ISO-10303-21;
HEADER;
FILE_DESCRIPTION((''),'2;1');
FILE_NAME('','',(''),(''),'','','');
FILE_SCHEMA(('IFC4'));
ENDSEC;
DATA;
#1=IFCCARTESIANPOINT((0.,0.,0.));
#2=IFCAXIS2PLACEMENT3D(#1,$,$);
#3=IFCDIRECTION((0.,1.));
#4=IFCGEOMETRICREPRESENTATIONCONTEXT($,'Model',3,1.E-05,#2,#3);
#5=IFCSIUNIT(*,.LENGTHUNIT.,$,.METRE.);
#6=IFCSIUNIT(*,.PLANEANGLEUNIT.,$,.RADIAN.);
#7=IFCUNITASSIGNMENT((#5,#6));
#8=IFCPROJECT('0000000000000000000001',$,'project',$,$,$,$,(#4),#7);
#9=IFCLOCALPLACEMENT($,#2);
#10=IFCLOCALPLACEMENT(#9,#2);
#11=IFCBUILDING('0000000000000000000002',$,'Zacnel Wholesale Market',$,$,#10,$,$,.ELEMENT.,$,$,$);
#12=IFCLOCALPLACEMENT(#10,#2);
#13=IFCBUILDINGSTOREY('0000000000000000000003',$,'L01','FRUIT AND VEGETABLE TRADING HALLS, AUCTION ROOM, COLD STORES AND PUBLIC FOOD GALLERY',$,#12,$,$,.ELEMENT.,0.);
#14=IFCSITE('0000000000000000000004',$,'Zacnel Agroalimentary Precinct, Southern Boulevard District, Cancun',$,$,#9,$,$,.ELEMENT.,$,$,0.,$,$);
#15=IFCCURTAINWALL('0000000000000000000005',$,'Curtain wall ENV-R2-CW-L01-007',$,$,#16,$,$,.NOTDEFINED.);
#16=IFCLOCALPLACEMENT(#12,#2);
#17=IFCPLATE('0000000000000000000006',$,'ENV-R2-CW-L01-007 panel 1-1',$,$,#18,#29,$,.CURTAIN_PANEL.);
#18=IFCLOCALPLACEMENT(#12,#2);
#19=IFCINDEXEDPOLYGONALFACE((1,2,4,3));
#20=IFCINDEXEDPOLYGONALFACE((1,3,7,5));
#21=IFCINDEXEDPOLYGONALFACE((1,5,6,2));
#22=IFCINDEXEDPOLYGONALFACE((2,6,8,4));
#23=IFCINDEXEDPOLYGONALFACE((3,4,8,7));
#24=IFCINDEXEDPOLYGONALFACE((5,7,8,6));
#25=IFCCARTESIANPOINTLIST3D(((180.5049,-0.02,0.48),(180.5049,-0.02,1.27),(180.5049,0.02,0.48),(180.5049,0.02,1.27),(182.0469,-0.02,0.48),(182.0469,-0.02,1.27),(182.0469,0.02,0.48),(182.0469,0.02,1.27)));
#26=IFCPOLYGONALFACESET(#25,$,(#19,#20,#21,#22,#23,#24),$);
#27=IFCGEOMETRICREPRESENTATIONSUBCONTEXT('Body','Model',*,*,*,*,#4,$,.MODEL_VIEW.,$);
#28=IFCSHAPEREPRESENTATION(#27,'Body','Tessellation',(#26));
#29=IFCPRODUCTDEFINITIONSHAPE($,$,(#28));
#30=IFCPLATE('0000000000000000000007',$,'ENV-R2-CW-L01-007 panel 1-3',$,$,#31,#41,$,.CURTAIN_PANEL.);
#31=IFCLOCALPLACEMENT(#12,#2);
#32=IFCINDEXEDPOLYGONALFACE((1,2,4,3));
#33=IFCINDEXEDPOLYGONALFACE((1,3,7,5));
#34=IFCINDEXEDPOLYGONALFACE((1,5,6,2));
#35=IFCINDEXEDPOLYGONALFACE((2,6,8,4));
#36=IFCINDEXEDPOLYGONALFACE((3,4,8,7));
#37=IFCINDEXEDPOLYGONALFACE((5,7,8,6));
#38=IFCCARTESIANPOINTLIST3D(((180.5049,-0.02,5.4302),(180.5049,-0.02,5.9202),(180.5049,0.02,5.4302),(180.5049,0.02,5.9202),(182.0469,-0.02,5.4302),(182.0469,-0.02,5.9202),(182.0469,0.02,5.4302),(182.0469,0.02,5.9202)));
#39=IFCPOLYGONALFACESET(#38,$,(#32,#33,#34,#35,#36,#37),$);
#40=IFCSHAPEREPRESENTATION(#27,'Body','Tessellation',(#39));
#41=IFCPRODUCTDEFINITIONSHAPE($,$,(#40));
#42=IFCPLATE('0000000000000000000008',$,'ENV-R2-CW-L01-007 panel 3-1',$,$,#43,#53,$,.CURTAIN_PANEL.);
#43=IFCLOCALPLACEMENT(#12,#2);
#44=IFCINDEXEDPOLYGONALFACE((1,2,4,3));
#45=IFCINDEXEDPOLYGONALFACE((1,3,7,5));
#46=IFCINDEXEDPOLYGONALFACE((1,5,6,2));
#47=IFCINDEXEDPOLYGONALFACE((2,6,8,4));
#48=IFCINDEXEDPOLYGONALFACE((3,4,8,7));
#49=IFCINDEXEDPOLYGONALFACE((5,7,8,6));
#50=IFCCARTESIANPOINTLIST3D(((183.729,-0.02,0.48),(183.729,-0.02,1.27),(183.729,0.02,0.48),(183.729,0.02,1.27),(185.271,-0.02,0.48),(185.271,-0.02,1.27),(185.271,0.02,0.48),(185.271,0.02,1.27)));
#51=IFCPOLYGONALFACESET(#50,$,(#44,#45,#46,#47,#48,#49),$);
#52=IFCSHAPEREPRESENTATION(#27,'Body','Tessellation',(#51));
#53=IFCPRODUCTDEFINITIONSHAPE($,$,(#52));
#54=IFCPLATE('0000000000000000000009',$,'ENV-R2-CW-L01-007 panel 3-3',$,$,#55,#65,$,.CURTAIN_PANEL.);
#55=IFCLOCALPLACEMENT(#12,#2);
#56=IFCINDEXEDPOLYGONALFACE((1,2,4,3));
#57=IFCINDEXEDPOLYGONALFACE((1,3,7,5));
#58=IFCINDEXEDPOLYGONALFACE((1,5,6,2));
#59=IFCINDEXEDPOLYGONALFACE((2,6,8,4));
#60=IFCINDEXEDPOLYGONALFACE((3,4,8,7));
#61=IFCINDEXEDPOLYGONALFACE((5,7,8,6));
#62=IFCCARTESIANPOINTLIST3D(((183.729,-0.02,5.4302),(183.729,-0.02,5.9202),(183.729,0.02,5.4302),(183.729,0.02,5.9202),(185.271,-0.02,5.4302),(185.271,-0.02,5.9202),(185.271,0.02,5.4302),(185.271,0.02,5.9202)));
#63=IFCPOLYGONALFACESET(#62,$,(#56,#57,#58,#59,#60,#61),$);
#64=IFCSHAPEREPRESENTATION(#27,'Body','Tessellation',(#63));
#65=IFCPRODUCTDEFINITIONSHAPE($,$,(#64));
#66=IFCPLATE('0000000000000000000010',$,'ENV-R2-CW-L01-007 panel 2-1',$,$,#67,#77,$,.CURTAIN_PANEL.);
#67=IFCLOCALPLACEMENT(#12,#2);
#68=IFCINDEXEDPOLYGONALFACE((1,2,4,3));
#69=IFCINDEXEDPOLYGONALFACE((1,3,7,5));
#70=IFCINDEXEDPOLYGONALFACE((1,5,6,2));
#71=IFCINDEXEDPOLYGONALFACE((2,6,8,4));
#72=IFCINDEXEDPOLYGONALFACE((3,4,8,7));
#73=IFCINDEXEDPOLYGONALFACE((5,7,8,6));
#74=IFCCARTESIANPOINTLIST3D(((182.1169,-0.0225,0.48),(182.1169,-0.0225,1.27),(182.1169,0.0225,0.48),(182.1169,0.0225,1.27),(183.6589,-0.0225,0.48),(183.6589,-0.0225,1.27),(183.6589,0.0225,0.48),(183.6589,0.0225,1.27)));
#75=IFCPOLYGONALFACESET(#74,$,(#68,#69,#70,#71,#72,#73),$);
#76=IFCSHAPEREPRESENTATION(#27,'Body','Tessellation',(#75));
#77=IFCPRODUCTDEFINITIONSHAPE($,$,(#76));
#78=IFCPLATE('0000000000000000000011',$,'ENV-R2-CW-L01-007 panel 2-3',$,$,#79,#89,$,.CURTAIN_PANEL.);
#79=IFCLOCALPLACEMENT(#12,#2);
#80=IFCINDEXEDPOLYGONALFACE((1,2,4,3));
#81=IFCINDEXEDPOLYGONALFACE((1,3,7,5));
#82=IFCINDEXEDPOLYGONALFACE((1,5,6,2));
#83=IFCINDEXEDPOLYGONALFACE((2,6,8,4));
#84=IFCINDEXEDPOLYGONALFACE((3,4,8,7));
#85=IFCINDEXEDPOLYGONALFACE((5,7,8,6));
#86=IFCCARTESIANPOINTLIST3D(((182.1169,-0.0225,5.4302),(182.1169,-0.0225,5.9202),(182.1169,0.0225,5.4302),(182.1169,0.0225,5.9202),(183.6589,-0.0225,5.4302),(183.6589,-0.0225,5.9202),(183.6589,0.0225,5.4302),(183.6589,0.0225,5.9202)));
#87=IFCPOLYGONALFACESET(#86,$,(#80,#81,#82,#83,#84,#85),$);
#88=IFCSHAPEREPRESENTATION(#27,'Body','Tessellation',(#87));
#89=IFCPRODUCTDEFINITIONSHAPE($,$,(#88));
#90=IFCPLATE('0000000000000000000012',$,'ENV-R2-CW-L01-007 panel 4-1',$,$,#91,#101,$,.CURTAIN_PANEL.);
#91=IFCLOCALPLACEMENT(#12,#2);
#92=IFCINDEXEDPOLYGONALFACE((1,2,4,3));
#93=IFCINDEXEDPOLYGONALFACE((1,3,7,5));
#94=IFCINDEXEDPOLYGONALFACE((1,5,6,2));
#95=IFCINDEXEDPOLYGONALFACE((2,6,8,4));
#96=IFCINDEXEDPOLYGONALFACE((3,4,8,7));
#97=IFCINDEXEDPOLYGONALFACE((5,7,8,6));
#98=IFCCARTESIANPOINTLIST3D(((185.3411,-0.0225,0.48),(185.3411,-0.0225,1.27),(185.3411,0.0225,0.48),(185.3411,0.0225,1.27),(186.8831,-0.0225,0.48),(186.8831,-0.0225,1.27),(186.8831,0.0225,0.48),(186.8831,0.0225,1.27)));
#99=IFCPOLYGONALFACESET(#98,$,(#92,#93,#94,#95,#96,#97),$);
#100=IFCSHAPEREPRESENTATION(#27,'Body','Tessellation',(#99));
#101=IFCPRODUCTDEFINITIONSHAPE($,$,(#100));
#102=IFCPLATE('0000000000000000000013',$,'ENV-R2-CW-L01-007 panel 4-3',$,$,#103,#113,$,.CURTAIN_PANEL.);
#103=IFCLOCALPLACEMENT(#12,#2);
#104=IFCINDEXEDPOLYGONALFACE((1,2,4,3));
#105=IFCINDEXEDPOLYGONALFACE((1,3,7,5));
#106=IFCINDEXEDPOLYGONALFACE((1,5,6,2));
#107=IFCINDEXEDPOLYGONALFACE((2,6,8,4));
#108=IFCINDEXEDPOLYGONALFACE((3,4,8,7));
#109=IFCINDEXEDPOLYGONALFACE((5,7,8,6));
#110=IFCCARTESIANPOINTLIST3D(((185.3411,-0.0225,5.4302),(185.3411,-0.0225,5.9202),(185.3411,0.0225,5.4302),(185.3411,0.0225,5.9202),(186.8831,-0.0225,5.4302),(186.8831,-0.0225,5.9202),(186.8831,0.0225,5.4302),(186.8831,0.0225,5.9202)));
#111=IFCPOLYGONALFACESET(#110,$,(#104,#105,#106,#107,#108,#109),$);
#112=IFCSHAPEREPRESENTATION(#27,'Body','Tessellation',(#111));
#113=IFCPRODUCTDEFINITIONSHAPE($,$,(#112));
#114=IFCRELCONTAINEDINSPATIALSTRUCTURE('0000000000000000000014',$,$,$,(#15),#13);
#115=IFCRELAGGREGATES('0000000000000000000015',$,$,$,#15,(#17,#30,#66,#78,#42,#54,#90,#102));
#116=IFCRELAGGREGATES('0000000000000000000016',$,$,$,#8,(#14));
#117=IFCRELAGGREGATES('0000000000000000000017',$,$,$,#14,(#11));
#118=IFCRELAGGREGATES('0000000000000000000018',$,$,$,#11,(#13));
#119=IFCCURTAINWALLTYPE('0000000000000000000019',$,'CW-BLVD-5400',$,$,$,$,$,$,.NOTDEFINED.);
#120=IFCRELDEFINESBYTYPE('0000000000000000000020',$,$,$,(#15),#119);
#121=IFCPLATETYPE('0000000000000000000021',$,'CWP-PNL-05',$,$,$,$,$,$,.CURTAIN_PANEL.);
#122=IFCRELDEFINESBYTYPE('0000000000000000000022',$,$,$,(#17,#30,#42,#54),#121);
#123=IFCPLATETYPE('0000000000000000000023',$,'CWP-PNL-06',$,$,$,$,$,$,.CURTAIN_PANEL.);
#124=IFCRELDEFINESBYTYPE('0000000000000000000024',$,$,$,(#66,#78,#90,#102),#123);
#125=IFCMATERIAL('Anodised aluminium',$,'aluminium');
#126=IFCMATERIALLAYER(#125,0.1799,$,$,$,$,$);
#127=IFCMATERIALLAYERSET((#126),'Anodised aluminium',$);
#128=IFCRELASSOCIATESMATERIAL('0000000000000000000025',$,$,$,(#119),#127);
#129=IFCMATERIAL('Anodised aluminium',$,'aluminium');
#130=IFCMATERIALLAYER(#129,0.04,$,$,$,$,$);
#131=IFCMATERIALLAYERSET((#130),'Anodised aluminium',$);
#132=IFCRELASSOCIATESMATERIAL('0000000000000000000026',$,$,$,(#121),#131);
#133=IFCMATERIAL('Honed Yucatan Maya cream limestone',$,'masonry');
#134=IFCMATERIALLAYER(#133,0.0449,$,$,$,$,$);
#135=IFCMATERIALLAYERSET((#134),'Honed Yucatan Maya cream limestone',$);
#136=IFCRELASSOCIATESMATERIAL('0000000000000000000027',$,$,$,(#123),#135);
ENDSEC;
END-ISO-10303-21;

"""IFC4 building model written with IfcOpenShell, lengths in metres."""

from ifc_helpers import new_model, si_unit, direction, frame, origin, origin_2d, place, context, subcontext, project, spatial, rectangle, extrude, material, layer, layer_set, type_object, element, aggregate, save


model = new_model("IFC4")

# Units and contexts
model_context = context("Model", 3, precision=1e-05, world=origin(), true_north=direction((0.0, 1.0)))
body_context = subcontext(model_context, "Body", "Model", "MODEL_VIEW")
ifc_project = project(units=[si_unit("LENGTHUNIT", "METRE"), si_unit("PLANEANGLEUNIT", "RADIAN")], contexts=[model_context])

# Site, building, storey
site_placement = place(None, origin())
site = spatial("IfcSite", under=ifc_project, at=site_placement, Name="Zacnel Agroalimentary Precinct, Southern Boulevard District, Cancun", CompositionType="ELEMENT", RefElevation=0.0)
building_placement = place(site_placement, origin())
building = spatial("IfcBuilding", under=site, at=building_placement, Name="Zacnel Wholesale Market", CompositionType="ELEMENT")
storey_placement = place(building_placement, origin())
storey = spatial("IfcBuildingStorey", under=building, at=storey_placement, Name="L01", Description="FRUIT AND VEGETABLE TRADING HALLS, AUCTION ROOM, COLD STORES AND PUBLIC FOOD GALLERY", CompositionType="ELEMENT", Elevation=0.0)

# Curtain wall, plates
ifc_material_1 = material(Name="Anodised aluminium", Category="aluminium")
ifc_layer_1 = layer(ifc_material_1, 0.1799)
ifc_layer_set_1 = layer_set([ifc_layer_1], Name="Anodised aluminium")
curtain_wall_type = type_object("IfcCurtainWallType", Name="CW-BLVD-5400", PredefinedType="NOTDEFINED", material=ifc_layer_set_1)
curtain_wall_placement = place(storey_placement, origin())
curtain_wall = element("IfcCurtainWall", 1, at=curtain_wall_placement, inside=storey, type_object=curtain_wall_type, Name="Curtain wall ENV-R2-CW-L01-007", PredefinedType="NOTDEFINED")
ifc_material_2 = material(Name="Anodised aluminium", Category="aluminium")
ifc_layer_2 = layer(ifc_material_2, 0.04)
ifc_layer_set_2 = layer_set([ifc_layer_2], Name="Anodised aluminium")
plate_type_1 = type_object("IfcPlateType", Name="CWP-PNL-05", PredefinedType="CURTAIN_PANEL", material=ifc_layer_set_2)
plate_1_placement = place(storey_placement, frame((181.2759, 0.0, 0.48), z_axis=(0.0, 0.0, 1.0), x_axis=(1.0, 0.0, 0.0)))
plate_1 = element("IfcPlate", 2, at=plate_1_placement, type_object=plate_type_1, Name="ENV-R2-CW-L01-007 panel 1-1", PredefinedType="CURTAIN_PANEL", context=body_context, shape_type="SweptSolid", body=[
    extrude(rectangle(XDim=1.542, YDim=0.04, at=origin_2d()), origin(), (0.0, 0.0, 1.0), 0.79),
])
plate_2_placement = place(storey_placement, frame((181.2759, 0.0, 5.4302), z_axis=(0.0, 0.0, 1.0), x_axis=(1.0, 0.0, 0.0)))
plate_2 = element("IfcPlate", 3, at=plate_2_placement, type_object=plate_type_1, Name="ENV-R2-CW-L01-007 panel 1-3", PredefinedType="CURTAIN_PANEL", context=body_context, shape_type="SweptSolid", body=[
    extrude(rectangle(XDim=1.542, YDim=0.04, at=origin_2d()), origin(), (0.0, 0.0, 1.0), 0.49),
])
plate_3_placement = place(storey_placement, frame((184.5, 0.0, 0.48), z_axis=(0.0, 0.0, 1.0), x_axis=(1.0, 0.0, 0.0)))
plate_3 = element("IfcPlate", 4, at=plate_3_placement, type_object=plate_type_1, Name="ENV-R2-CW-L01-007 panel 3-1", PredefinedType="CURTAIN_PANEL", context=body_context, shape_type="SweptSolid", body=[
    extrude(rectangle(XDim=1.542, YDim=0.04, at=origin_2d()), origin(), (0.0, 0.0, 1.0), 0.79),
])
plate_4_placement = place(storey_placement, frame((184.5, 0.0, 5.4302), z_axis=(0.0, 0.0, 1.0), x_axis=(1.0, 0.0, 0.0)))
plate_4 = element("IfcPlate", 5, at=plate_4_placement, type_object=plate_type_1, Name="ENV-R2-CW-L01-007 panel 3-3", PredefinedType="CURTAIN_PANEL", context=body_context, shape_type="SweptSolid", body=[
    extrude(rectangle(XDim=1.542, YDim=0.04, at=origin_2d()), origin(), (0.0, 0.0, 1.0), 0.49),
])
ifc_material_3 = material(Name="Honed Yucatan Maya cream limestone", Category="masonry")
ifc_layer_3 = layer(ifc_material_3, 0.0449)
ifc_layer_set_3 = layer_set([ifc_layer_3], Name="Honed Yucatan Maya cream limestone")
plate_type_2 = type_object("IfcPlateType", Name="CWP-PNL-06", PredefinedType="CURTAIN_PANEL", material=ifc_layer_set_3)
plate_5_placement = place(storey_placement, frame((182.8879, 0.0, 0.48), z_axis=(0.0, 0.0, 1.0), x_axis=(1.0, 0.0, 0.0)))
plate_5 = element("IfcPlate", 6, at=plate_5_placement, type_object=plate_type_2, Name="ENV-R2-CW-L01-007 panel 2-1", PredefinedType="CURTAIN_PANEL", context=body_context, shape_type="SweptSolid", body=[
    extrude(rectangle(XDim=1.542, YDim=0.0449, at=origin_2d()), origin(), (0.0, 0.0, 1.0), 0.79),
])
plate_6_placement = place(storey_placement, frame((182.8879, 0.0, 5.4302), z_axis=(0.0, 0.0, 1.0), x_axis=(1.0, 0.0, 0.0)))
plate_6 = element("IfcPlate", 7, at=plate_6_placement, type_object=plate_type_2, Name="ENV-R2-CW-L01-007 panel 2-3", PredefinedType="CURTAIN_PANEL", context=body_context, shape_type="SweptSolid", body=[
    extrude(rectangle(XDim=1.542, YDim=0.0449, at=origin_2d()), origin(), (0.0, 0.0, 1.0), 0.49),
])
plate_7_placement = place(storey_placement, frame((186.1121, 0.0, 0.48), z_axis=(0.0, 0.0, 1.0), x_axis=(1.0, 0.0, 0.0)))
plate_7 = element("IfcPlate", 8, at=plate_7_placement, type_object=plate_type_2, Name="ENV-R2-CW-L01-007 panel 4-1", PredefinedType="CURTAIN_PANEL", context=body_context, shape_type="SweptSolid", body=[
    extrude(rectangle(XDim=1.542, YDim=0.0449, at=origin_2d()), origin(), (0.0, 0.0, 1.0), 0.79),
])
plate_8_placement = place(storey_placement, frame((186.1121, 0.0, 5.4302), z_axis=(0.0, 0.0, 1.0), x_axis=(1.0, 0.0, 0.0)))
plate_8 = element("IfcPlate", 9, at=plate_8_placement, type_object=plate_type_2, Name="ENV-R2-CW-L01-007 panel 4-3", PredefinedType="CURTAIN_PANEL", context=body_context, shape_type="SweptSolid", body=[
    extrude(rectangle(XDim=1.542, YDim=0.0449, at=origin_2d()), origin(), (0.0, 0.0, 1.0), 0.49),
])
aggregate(curtain_wall, [plate_1, plate_2, plate_5, plate_6, plate_3, plate_4, plate_7, plate_8])

save(model, "model.ifc")
